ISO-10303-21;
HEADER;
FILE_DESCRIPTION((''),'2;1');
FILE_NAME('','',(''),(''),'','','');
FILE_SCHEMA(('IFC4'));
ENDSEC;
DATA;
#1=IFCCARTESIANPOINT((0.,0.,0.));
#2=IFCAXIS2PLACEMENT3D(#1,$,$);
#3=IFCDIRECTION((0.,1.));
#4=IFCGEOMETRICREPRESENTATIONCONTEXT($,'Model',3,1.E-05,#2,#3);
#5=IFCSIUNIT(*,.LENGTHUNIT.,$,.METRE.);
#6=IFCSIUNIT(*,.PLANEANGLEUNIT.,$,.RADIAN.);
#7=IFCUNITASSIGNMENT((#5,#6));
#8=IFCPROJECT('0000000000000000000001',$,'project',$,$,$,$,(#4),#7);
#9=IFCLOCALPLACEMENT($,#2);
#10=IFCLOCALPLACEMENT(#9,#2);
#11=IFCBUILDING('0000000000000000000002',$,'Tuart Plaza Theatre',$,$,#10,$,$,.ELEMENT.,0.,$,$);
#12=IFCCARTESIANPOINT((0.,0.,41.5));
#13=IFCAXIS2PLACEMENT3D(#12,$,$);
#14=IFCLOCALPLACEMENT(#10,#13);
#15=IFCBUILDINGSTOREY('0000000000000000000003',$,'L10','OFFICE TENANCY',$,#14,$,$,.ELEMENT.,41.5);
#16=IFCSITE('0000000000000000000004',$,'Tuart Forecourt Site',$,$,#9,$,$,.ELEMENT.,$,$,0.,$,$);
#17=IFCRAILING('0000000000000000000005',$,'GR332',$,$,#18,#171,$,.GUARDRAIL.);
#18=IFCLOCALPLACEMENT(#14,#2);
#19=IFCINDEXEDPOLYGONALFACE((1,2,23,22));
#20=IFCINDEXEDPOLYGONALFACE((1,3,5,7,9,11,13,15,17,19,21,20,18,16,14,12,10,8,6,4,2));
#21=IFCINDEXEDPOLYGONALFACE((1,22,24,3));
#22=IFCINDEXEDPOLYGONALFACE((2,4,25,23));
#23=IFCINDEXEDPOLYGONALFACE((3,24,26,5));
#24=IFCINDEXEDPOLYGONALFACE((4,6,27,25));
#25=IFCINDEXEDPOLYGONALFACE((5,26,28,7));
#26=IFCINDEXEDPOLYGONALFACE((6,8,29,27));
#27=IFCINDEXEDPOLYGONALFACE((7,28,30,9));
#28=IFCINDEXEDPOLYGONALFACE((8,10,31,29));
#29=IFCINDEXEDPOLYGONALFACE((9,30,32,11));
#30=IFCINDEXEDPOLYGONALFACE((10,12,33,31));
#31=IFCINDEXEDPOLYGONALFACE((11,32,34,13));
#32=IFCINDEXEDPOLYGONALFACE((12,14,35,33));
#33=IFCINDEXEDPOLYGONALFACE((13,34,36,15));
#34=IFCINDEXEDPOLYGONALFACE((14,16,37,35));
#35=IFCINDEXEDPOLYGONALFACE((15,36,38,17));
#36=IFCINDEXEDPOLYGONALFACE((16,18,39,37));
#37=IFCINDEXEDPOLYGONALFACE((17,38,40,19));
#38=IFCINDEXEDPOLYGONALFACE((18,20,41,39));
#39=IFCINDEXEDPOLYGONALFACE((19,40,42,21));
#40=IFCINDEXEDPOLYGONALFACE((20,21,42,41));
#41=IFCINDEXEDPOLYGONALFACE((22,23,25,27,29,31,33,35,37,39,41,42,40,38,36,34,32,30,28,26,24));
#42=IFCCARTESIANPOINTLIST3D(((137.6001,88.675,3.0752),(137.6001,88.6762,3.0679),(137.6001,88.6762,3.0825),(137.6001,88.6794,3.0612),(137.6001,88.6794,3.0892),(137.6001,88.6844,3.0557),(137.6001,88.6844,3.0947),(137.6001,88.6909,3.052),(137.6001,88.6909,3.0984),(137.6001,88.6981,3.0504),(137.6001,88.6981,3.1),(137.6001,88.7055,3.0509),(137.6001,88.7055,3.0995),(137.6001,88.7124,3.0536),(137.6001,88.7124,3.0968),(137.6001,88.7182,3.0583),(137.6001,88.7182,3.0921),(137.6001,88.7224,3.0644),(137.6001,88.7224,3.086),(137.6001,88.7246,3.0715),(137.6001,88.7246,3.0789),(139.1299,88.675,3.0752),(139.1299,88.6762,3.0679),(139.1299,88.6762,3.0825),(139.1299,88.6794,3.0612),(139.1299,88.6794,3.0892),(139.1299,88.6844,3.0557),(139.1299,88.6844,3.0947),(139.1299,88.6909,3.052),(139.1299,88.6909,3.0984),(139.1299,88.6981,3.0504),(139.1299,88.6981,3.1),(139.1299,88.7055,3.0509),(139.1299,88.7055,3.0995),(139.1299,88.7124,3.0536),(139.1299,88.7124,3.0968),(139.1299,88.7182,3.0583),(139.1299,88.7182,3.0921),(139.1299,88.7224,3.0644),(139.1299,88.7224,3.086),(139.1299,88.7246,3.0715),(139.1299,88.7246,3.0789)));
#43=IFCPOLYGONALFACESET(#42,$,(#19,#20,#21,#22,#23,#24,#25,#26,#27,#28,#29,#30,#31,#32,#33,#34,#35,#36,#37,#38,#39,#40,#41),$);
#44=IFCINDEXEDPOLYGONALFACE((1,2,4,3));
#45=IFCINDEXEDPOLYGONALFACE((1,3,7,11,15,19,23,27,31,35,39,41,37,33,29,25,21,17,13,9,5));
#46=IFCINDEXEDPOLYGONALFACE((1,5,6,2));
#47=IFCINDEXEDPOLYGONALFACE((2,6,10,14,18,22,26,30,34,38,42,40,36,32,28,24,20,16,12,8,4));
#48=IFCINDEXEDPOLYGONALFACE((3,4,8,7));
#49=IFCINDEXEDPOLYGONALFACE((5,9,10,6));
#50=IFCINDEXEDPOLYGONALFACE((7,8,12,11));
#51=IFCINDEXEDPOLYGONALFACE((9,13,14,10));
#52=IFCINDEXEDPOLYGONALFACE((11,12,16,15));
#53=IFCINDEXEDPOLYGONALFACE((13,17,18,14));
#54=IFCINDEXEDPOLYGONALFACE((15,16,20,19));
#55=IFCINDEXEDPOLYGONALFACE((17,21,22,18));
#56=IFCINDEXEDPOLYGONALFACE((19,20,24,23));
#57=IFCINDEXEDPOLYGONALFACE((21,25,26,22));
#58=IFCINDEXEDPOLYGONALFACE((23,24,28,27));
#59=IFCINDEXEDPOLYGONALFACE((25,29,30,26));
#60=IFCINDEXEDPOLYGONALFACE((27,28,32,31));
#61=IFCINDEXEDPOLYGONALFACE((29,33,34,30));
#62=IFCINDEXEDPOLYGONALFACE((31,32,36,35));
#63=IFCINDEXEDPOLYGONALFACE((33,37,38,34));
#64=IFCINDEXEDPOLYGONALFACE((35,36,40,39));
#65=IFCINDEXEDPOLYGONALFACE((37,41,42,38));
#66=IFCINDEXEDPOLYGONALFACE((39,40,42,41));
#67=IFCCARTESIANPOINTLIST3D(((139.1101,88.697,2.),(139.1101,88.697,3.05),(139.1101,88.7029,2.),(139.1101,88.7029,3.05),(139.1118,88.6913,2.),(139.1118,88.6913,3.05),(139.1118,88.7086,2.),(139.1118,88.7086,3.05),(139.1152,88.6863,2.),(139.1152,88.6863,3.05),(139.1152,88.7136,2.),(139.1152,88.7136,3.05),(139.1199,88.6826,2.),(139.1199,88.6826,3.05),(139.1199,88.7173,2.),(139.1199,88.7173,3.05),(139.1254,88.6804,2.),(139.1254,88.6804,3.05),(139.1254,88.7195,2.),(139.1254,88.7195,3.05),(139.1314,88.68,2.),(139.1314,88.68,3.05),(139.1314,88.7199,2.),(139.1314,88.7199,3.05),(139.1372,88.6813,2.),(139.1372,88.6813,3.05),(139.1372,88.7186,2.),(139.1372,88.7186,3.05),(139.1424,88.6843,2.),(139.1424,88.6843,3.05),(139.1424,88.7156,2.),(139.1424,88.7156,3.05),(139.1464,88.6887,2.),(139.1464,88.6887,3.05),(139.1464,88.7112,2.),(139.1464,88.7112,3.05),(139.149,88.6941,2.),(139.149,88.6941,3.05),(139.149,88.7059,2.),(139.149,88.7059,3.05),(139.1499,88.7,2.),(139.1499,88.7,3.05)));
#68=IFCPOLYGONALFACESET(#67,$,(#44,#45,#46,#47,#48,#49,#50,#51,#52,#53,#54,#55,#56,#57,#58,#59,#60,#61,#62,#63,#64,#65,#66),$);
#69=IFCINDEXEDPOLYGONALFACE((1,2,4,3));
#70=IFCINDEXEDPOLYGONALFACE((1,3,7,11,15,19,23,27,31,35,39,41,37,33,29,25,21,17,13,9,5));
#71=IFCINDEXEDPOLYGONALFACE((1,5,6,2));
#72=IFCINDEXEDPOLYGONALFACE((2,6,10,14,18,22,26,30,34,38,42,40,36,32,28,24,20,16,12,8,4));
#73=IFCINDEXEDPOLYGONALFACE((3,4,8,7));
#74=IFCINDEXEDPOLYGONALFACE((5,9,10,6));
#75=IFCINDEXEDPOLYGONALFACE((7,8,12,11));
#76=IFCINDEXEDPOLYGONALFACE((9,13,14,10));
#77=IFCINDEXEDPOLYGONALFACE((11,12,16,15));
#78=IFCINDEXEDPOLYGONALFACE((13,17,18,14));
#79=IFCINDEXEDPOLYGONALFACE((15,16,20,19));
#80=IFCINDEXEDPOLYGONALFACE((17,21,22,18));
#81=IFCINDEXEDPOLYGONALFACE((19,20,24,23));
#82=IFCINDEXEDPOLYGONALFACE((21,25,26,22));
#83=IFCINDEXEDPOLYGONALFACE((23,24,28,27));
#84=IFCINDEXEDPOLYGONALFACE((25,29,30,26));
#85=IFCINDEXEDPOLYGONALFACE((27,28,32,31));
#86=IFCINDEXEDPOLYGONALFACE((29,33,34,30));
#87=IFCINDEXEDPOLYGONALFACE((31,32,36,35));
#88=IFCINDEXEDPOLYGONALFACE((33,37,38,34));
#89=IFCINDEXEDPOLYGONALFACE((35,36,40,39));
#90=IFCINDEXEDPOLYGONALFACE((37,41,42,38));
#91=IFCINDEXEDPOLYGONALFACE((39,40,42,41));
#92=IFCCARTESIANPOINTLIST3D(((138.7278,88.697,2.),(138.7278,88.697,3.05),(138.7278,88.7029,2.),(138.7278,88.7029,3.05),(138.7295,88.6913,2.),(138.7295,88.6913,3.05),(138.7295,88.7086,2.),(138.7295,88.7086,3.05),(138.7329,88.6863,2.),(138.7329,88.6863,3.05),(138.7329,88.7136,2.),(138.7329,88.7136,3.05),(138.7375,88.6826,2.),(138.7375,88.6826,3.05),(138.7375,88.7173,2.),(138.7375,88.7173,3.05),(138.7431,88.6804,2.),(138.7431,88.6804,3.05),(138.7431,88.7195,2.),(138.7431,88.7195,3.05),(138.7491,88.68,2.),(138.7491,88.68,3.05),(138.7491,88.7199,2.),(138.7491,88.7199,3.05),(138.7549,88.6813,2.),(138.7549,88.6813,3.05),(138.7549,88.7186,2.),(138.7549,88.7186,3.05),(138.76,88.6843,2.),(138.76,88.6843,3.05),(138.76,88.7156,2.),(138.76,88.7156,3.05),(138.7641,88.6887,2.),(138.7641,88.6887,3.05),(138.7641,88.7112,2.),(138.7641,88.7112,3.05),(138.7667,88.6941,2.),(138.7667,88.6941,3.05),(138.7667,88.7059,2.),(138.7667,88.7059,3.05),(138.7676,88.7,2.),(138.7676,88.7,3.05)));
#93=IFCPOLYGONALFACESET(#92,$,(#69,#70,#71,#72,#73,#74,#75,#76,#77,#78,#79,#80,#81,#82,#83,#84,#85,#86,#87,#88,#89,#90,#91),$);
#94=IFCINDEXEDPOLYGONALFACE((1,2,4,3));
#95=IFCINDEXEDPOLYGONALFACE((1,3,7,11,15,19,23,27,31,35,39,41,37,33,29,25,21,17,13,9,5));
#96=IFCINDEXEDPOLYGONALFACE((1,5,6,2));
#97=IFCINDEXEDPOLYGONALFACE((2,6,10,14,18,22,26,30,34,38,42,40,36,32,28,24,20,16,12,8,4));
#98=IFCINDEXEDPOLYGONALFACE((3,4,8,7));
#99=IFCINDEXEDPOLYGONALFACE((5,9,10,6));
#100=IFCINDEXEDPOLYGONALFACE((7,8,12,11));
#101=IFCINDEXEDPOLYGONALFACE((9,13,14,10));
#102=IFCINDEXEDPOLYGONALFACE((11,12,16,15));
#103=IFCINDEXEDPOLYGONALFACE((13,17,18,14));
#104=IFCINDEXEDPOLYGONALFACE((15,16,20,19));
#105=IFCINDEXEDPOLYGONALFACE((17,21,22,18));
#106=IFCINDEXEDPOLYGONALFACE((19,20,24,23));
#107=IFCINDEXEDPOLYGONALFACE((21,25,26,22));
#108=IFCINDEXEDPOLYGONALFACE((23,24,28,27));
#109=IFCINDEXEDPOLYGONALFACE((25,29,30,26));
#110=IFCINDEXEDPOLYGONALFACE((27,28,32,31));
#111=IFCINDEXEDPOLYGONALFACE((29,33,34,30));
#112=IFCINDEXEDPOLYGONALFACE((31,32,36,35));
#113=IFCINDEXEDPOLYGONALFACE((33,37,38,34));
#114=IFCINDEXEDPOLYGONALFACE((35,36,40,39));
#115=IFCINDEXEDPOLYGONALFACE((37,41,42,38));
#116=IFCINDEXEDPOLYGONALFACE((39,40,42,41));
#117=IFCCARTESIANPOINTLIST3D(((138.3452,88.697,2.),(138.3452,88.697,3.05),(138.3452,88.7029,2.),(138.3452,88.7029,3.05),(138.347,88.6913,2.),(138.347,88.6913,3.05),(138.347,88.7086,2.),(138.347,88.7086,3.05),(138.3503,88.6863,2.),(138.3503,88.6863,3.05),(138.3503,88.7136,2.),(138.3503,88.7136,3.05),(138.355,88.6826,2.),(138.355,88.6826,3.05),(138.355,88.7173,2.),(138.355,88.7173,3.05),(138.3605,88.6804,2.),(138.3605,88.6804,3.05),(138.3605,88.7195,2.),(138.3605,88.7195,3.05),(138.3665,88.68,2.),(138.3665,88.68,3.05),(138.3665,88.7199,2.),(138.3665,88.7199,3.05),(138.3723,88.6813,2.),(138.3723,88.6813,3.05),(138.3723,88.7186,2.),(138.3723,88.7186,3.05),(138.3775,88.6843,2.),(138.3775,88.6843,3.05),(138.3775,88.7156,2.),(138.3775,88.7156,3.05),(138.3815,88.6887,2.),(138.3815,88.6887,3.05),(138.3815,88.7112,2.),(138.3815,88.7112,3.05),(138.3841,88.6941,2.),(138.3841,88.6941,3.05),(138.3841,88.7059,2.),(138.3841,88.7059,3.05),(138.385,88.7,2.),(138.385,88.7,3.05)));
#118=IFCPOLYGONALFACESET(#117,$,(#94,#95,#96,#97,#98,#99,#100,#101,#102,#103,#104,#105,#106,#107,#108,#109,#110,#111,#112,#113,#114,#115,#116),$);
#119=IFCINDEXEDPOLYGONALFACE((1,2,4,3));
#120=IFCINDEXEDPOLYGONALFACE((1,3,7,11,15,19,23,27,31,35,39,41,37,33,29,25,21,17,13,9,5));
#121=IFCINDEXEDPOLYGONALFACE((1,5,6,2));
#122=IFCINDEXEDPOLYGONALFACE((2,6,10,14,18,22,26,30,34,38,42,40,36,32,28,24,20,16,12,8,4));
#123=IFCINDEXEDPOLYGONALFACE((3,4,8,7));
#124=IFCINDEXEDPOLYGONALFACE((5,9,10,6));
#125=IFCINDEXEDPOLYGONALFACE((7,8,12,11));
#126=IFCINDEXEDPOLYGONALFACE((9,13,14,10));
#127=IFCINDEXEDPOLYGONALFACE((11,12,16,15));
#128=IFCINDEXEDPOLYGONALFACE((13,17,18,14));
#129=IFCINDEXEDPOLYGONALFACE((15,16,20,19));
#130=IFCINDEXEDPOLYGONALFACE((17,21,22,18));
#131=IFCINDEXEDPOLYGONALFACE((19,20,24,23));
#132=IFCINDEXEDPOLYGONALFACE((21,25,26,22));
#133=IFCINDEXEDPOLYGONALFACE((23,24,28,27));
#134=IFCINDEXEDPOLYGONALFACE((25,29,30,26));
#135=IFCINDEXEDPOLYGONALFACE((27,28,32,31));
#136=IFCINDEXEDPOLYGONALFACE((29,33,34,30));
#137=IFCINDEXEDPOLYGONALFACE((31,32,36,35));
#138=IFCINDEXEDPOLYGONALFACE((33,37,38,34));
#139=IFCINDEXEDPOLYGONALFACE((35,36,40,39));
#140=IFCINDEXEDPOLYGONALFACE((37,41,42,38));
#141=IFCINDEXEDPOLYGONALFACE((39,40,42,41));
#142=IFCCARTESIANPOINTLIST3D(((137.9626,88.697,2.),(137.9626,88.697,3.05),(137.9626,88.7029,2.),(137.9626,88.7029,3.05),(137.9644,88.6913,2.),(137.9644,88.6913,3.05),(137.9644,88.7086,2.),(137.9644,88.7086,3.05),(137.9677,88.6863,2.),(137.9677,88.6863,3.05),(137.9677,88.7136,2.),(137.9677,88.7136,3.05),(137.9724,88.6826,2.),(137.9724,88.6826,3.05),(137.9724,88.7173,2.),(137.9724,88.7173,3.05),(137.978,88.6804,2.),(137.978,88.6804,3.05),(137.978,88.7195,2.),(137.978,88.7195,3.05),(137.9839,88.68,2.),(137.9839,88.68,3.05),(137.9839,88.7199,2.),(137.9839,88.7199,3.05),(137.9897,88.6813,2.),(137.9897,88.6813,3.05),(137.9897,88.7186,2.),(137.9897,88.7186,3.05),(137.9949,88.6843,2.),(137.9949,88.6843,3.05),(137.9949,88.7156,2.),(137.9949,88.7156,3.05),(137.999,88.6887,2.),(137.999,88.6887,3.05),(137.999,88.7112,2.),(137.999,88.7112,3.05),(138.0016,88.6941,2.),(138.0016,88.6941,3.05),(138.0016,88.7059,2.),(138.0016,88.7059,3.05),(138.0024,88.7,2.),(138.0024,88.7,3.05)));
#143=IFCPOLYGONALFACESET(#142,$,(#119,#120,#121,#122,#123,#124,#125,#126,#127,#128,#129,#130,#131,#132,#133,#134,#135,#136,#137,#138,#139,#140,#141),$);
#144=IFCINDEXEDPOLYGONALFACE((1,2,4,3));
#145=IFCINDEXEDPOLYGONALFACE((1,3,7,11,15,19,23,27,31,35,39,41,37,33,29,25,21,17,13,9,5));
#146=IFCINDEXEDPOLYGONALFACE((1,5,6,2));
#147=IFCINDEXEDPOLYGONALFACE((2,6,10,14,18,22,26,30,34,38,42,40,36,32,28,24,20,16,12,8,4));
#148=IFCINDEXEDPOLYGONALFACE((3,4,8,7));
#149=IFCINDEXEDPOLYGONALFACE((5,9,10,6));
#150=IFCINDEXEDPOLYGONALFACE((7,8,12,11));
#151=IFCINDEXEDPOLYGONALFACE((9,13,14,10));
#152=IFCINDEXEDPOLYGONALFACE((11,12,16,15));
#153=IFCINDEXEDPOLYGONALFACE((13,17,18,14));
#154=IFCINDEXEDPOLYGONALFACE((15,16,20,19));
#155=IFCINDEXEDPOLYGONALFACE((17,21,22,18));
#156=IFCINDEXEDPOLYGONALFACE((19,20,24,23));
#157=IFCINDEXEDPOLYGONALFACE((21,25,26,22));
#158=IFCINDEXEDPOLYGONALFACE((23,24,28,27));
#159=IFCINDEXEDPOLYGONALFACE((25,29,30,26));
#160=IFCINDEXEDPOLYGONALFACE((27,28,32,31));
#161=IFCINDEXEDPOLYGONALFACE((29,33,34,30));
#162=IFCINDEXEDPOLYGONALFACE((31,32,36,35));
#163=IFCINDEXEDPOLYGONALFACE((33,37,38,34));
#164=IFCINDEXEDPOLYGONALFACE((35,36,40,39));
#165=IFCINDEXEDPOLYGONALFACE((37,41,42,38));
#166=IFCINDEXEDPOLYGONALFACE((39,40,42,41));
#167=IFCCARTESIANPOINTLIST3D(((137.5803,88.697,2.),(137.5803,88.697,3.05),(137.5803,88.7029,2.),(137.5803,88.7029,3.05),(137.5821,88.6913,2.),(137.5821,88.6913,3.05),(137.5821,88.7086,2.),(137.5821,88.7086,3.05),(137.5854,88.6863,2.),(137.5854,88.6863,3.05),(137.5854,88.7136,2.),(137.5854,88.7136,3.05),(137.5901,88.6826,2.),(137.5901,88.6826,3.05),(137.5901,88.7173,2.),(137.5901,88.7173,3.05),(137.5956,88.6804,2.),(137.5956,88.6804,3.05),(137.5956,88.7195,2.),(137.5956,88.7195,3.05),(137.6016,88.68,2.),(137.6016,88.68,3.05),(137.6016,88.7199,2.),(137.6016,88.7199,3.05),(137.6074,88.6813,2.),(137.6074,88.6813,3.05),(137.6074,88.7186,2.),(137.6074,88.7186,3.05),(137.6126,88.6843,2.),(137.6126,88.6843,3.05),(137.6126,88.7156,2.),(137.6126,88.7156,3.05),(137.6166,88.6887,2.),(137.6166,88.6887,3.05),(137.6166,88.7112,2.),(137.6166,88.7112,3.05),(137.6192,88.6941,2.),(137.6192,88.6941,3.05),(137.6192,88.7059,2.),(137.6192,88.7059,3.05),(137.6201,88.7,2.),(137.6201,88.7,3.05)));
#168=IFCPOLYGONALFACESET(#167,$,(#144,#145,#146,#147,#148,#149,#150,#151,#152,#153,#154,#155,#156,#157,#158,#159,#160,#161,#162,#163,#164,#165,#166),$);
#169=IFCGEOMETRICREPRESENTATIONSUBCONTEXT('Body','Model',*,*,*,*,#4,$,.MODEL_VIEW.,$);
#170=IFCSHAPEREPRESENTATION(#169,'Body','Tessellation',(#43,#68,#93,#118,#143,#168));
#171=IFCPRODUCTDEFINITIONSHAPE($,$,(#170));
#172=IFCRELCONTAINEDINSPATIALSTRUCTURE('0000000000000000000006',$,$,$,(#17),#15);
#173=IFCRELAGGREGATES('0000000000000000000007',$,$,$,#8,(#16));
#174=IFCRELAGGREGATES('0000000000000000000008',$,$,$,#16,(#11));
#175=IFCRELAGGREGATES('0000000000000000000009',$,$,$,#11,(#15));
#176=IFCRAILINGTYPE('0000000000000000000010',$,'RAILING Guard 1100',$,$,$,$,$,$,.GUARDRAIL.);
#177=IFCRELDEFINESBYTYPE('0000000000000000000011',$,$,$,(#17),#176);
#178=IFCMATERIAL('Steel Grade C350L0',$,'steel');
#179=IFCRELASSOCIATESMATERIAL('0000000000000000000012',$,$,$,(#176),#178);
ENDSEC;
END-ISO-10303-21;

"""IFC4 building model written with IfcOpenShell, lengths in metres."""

from ifc_helpers import new_model, si_unit, direction, frame, origin, origin_2d, place, context, subcontext, project, spatial, circle, extrude, material, type_object, element, save


model = new_model("IFC4")

# Units and contexts
model_context = context("Model", 3, precision=1e-05, world=origin(), true_north=direction((0.0, 1.0)))
body_context = subcontext(model_context, "Body", "Model", "MODEL_VIEW")
ifc_project = project(units=[si_unit("LENGTHUNIT", "METRE"), si_unit("PLANEANGLEUNIT", "RADIAN")], contexts=[model_context])

# Site, building, storey
site_placement = place(None, origin())
site = spatial("IfcSite", under=ifc_project, at=site_placement, Name="Tuart Forecourt Site", CompositionType="ELEMENT", RefElevation=0.0)
building_placement = place(site_placement, origin())
building = spatial("IfcBuilding", under=site, at=building_placement, Name="Tuart Plaza Theatre", CompositionType="ELEMENT", ElevationOfRefHeight=0.0)
storey_placement = place(building_placement, frame((0.0, 0.0, 41.5)))
storey = spatial("IfcBuildingStorey", under=building, at=storey_placement, Name="L10", Description="OFFICE TENANCY", CompositionType="ELEMENT", Elevation=41.5)

# Railing
ifc_material_1 = material(Name="Steel Grade C350L0", Category="steel")
railing_type_1 = type_object("IfcRailingType", Name="RAILING Guard 1100", PredefinedType="GUARDRAIL", material=ifc_material_1)
railing_1_placement = place(storey_placement, frame((139.1299, 88.7, 2.0)))
element("IfcRailing", 1, at=railing_1_placement, inside=storey, type_object=railing_type_1, Name="GR332", PredefinedType="GUARDRAIL", context=body_context, shape_type="SweptSolid", body=[
    extrude(circle(Radius=0.0249, at=origin_2d()), frame((0.0, 0.0, 1.0752), z_axis=(-1.0, 0.0, 0.0), x_axis=(0.0, -1.0, 0.0)), (0.0, 0.0, 1.0), 1.5298),
    extrude(circle(Radius=0.02, at=origin_2d()), origin(), (0.0, 0.0, 1.0), 1.05),
    extrude(circle(Radius=0.02, at=origin_2d()), frame((-0.3823, 0.0, 0.0)), (0.0, 0.0, 1.0), 1.05),
    extrude(circle(Radius=0.02, at=origin_2d()), frame((-0.7649, 0.0, 0.0)), (0.0, 0.0, 1.0), 1.05),
    extrude(circle(Radius=0.02, at=origin_2d()), frame((-1.1475, 0.0, 0.0)), (0.0, 0.0, 1.0), 1.05),
    extrude(circle(Radius=0.02, at=origin_2d()), frame((-1.5298, 0.0, 0.0)), (0.0, 0.0, 1.0), 1.05),
])

save(model, "model.ifc")
